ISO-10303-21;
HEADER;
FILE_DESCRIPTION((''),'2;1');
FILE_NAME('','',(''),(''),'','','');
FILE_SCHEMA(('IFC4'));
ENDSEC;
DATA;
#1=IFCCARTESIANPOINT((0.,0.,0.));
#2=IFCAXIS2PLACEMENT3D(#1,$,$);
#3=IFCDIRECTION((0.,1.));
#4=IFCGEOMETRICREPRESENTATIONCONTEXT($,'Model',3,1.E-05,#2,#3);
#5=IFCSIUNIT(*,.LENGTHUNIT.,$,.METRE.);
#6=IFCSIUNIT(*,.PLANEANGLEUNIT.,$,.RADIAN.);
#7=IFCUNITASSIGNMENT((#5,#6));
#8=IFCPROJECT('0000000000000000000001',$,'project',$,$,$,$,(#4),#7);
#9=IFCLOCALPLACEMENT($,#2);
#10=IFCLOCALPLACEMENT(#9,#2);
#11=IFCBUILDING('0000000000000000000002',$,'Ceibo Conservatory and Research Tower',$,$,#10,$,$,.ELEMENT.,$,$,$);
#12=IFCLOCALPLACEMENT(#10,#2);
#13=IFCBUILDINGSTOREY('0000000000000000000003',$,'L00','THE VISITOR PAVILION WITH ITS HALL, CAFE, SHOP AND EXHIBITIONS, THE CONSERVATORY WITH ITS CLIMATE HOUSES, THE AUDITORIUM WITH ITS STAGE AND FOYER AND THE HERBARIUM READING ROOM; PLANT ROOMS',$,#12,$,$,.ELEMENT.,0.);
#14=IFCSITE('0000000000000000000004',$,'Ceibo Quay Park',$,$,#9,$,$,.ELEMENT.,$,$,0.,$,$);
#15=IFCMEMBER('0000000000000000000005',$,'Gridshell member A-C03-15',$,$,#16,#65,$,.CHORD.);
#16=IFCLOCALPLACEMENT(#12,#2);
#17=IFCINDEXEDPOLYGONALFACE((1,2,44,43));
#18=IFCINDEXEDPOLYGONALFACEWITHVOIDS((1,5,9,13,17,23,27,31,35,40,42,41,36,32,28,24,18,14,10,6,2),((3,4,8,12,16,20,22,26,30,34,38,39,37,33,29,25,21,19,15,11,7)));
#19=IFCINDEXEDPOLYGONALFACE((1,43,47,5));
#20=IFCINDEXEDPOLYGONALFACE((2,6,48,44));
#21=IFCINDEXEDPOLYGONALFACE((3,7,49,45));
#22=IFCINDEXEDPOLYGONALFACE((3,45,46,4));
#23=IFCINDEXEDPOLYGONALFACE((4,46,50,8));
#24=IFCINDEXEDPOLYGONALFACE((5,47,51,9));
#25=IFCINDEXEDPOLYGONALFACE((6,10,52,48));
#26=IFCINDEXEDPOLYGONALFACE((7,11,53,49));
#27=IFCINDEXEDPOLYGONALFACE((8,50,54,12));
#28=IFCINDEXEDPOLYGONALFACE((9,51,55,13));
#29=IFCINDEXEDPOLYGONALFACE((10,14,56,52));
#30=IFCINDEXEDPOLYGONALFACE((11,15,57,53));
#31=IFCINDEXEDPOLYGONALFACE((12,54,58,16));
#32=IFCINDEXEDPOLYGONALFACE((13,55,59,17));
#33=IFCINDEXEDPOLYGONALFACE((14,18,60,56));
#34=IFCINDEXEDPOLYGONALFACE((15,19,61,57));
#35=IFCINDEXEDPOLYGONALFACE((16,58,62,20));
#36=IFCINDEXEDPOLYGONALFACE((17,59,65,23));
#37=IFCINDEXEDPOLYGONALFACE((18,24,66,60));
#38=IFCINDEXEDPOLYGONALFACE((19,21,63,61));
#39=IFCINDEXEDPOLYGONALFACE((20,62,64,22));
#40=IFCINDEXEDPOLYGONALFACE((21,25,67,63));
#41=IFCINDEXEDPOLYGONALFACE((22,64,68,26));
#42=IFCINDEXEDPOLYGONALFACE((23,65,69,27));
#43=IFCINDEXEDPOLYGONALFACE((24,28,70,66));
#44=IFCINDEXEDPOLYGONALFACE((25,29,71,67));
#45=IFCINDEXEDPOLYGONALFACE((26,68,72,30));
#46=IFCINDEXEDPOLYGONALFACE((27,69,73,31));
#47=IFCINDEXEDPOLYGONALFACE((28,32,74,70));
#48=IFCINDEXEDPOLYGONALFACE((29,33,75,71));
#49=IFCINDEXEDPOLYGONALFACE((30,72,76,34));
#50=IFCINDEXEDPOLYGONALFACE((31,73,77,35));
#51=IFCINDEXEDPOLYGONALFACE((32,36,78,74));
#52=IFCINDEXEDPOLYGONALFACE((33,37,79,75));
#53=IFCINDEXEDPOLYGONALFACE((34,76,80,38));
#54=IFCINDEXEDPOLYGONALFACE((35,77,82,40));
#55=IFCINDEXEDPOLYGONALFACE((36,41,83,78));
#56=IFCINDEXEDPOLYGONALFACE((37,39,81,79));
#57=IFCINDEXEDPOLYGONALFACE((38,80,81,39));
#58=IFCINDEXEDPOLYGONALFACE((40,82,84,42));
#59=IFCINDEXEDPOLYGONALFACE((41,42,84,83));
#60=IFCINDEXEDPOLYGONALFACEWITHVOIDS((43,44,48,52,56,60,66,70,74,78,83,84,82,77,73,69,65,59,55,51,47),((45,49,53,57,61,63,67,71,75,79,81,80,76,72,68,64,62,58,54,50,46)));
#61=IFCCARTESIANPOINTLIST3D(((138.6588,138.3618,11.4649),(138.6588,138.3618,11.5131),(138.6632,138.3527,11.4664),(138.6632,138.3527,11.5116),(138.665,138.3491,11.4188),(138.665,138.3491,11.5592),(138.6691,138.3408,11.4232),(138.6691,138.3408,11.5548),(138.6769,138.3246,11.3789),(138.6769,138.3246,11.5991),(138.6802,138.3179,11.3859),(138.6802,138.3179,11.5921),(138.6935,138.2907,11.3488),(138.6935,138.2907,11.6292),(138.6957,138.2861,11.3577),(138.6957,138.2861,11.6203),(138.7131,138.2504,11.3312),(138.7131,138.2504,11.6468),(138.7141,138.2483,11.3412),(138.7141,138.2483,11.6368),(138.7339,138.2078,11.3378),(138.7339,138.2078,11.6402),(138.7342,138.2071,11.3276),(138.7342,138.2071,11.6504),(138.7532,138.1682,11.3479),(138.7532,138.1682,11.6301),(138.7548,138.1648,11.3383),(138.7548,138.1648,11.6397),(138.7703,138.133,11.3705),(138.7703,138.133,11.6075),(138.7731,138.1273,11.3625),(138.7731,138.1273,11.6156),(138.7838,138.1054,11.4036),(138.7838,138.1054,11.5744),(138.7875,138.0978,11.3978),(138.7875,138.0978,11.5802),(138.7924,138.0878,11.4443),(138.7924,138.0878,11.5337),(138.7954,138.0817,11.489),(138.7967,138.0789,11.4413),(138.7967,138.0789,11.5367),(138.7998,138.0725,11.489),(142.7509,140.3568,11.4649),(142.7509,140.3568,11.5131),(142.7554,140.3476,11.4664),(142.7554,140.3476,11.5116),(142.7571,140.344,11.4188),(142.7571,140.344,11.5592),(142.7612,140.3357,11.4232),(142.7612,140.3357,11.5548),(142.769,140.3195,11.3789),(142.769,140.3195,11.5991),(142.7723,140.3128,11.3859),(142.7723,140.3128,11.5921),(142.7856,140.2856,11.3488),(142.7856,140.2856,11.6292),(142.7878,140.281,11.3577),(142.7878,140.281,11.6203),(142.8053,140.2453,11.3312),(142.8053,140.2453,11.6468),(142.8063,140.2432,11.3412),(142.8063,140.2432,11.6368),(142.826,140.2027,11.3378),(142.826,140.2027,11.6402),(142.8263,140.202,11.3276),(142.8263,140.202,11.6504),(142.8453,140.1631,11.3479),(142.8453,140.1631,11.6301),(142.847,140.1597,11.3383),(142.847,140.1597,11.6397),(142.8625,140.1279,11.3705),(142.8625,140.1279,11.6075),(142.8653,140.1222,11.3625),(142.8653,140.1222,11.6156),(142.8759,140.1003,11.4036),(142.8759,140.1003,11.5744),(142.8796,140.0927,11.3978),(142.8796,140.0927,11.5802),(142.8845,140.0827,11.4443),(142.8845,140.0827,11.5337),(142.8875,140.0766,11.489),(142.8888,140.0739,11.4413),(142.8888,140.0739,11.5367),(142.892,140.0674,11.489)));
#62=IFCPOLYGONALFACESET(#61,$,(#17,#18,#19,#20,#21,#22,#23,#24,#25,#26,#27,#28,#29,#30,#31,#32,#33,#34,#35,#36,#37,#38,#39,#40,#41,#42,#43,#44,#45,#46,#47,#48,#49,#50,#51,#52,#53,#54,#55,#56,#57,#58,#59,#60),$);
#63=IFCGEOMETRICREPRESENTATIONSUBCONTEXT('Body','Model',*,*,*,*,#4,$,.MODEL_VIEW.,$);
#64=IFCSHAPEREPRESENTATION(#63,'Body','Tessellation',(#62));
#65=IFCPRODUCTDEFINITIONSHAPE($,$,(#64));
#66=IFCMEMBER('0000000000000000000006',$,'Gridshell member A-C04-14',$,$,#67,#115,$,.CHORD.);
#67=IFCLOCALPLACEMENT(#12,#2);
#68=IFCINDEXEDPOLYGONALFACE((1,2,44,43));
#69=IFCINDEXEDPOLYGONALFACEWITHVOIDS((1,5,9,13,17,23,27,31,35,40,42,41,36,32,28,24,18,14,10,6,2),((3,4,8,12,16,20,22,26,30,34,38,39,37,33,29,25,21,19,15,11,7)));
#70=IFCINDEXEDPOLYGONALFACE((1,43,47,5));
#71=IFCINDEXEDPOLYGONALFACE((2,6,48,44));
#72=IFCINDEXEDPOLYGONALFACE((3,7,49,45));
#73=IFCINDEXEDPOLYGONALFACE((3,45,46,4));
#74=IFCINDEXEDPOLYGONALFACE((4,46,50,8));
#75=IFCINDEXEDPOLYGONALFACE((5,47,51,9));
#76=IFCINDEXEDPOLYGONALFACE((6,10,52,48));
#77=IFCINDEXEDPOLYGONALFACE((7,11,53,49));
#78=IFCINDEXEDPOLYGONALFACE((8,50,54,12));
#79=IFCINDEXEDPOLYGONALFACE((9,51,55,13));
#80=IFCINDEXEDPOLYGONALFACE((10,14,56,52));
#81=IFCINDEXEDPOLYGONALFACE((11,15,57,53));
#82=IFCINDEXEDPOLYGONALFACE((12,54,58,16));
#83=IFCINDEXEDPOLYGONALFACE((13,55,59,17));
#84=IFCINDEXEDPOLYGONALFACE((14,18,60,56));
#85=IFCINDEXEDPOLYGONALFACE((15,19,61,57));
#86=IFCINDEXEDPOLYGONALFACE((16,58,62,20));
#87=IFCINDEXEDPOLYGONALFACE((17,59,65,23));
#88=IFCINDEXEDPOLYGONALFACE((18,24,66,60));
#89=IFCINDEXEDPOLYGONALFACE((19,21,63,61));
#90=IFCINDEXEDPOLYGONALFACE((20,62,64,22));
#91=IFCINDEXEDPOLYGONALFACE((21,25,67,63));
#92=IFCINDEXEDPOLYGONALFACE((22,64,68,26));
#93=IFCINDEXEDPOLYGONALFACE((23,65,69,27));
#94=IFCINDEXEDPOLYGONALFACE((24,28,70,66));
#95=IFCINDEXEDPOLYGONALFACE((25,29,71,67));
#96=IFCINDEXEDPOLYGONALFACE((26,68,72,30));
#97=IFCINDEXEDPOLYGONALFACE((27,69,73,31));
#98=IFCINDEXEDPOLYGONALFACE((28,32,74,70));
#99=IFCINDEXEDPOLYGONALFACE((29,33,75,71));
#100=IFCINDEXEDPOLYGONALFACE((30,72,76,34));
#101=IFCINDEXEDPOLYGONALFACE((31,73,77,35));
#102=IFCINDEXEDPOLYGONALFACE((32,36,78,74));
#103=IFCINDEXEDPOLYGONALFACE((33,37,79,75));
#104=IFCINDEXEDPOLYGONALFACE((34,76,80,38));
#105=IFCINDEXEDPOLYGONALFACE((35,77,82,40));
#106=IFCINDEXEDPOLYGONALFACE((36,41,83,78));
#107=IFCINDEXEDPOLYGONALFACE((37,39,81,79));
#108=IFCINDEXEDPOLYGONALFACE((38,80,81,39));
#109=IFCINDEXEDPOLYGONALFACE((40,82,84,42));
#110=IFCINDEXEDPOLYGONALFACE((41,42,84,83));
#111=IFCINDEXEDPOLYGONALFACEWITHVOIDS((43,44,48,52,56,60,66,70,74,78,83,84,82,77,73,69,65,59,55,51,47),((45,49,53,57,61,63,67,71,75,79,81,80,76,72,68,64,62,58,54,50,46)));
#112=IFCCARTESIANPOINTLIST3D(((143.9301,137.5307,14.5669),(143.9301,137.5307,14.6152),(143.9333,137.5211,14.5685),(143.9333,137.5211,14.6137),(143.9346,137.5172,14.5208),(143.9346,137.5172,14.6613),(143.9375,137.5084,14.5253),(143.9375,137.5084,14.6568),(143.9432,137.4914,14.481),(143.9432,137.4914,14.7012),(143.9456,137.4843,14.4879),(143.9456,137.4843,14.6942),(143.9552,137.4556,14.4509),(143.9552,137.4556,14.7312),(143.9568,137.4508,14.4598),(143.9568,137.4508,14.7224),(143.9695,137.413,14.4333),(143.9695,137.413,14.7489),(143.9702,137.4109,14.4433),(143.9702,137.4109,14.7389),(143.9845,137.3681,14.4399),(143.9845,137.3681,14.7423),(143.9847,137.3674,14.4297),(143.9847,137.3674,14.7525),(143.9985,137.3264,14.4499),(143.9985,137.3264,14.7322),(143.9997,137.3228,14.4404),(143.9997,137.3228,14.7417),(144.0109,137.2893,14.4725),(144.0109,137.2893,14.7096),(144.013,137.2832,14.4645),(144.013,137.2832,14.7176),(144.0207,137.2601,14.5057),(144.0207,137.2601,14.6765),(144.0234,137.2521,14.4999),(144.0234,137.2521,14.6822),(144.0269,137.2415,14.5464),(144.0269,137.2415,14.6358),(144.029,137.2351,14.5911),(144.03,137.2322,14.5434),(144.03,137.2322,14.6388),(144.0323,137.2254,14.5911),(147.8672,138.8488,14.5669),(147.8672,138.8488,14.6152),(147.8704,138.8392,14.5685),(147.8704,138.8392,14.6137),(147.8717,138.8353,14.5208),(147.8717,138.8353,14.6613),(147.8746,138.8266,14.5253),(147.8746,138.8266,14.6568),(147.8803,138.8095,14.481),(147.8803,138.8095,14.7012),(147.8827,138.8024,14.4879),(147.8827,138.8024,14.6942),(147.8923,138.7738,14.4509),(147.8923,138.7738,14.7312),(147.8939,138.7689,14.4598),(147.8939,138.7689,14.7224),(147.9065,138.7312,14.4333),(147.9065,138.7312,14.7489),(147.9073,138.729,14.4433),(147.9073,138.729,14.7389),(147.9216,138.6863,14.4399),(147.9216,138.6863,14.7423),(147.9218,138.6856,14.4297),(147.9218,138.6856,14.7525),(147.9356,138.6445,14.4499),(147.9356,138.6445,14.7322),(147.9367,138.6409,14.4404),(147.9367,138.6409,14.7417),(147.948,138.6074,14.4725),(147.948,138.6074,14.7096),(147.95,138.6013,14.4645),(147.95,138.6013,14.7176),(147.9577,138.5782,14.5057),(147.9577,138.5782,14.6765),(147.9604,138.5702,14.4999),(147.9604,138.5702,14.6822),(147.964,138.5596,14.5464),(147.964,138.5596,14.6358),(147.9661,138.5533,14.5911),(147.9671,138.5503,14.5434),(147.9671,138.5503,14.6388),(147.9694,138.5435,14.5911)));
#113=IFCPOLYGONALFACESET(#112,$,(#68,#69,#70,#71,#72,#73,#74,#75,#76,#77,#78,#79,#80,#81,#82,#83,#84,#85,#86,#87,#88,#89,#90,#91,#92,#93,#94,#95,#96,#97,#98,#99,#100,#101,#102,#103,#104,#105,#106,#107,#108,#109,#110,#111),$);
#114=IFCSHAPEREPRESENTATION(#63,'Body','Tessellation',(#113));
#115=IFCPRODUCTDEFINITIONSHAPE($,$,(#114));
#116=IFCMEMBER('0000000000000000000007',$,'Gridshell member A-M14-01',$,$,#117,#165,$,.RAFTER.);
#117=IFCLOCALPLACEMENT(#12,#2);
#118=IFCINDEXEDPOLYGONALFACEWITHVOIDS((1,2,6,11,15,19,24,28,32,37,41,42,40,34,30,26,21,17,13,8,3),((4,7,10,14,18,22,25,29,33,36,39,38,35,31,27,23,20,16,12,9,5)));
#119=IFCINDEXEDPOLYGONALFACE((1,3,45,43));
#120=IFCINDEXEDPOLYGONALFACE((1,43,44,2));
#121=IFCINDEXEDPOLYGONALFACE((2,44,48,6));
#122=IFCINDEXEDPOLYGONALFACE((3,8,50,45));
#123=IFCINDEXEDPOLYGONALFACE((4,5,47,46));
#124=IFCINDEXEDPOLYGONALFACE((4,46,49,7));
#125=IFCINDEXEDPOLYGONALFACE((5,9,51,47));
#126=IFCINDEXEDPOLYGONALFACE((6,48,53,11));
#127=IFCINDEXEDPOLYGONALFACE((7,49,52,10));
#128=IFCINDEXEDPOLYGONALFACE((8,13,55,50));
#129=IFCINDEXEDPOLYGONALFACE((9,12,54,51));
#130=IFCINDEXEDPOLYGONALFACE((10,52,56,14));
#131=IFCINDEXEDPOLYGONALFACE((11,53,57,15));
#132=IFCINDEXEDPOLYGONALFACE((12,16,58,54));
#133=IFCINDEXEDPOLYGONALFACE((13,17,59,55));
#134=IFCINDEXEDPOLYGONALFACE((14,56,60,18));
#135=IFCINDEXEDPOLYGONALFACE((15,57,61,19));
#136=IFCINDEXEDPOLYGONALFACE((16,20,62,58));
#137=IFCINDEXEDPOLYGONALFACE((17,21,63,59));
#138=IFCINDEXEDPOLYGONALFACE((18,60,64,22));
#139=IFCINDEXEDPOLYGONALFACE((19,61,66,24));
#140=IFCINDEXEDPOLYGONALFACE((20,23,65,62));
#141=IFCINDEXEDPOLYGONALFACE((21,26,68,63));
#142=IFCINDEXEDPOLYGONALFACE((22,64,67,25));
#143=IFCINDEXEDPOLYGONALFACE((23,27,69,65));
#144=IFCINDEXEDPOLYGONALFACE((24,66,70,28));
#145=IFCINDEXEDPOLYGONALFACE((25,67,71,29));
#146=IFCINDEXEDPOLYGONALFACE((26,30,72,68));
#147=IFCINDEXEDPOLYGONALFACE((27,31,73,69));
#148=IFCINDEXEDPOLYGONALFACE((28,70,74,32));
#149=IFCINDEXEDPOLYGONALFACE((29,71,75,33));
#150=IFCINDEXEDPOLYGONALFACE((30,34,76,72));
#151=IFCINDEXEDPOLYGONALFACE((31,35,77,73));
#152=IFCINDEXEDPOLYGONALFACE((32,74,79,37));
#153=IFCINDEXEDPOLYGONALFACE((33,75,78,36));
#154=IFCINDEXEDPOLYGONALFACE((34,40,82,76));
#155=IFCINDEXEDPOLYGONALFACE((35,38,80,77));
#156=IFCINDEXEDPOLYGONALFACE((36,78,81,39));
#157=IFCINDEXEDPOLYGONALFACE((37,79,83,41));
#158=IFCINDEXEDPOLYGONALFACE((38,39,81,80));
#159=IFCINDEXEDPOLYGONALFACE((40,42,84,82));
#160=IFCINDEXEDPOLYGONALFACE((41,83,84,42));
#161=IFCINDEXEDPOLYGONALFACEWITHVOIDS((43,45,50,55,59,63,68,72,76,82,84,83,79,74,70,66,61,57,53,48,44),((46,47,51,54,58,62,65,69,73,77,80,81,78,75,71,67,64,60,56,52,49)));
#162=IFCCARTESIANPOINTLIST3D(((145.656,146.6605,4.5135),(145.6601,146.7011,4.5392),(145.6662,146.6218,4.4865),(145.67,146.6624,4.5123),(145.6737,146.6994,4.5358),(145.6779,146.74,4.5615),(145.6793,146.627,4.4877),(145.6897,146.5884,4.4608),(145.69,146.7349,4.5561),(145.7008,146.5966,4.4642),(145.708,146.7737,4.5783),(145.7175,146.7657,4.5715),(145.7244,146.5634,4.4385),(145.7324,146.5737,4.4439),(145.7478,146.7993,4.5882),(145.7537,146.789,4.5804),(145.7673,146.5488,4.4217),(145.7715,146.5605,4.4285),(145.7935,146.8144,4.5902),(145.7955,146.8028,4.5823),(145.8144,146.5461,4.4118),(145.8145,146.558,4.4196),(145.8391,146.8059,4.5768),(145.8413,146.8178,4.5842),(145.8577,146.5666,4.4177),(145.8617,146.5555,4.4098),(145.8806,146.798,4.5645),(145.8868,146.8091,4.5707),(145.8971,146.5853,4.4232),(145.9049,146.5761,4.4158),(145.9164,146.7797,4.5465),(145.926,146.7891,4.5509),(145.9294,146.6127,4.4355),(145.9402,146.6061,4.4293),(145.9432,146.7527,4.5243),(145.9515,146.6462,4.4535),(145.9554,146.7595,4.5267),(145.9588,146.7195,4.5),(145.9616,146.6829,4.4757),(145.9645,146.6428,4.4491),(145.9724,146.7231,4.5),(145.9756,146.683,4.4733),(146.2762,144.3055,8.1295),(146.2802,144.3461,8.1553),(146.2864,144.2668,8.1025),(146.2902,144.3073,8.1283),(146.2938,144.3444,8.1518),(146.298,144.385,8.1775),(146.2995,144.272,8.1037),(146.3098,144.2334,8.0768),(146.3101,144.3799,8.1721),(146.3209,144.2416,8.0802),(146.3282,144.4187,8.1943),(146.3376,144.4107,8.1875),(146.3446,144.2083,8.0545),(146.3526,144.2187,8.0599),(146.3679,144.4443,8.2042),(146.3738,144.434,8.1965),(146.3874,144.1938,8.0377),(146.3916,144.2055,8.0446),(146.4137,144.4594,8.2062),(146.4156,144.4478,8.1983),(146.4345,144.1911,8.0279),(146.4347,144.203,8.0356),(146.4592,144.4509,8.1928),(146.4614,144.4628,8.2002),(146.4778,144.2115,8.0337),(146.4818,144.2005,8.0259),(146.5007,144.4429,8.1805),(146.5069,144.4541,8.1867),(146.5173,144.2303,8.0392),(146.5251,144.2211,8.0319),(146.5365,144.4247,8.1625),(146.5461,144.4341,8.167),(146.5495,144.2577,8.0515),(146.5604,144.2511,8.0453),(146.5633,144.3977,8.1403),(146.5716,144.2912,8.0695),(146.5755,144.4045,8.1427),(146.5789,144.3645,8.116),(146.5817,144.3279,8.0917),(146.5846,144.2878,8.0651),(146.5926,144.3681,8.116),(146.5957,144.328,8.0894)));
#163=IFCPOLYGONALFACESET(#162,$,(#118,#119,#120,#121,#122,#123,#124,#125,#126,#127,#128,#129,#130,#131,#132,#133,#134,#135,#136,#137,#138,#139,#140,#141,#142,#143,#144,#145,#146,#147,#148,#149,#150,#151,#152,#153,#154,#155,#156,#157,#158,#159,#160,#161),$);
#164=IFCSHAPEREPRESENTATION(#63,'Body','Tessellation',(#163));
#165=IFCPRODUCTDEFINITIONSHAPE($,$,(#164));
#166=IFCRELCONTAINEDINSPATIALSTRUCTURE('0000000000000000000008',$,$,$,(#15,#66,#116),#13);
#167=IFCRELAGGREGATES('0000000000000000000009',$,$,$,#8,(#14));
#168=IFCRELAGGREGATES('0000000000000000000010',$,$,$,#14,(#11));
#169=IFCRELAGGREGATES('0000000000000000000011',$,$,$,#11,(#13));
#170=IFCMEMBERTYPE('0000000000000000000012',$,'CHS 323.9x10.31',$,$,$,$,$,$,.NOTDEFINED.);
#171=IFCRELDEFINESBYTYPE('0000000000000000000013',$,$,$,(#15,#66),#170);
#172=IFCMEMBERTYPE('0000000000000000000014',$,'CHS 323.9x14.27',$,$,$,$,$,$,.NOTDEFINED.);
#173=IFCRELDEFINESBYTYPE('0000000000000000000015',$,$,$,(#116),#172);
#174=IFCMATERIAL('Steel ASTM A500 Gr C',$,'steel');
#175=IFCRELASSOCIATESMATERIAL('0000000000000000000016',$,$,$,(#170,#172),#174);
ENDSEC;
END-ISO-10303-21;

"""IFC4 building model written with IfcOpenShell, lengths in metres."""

from ifc_helpers import new_model, si_unit, direction, frame, origin, origin_2d, place, context, subcontext, project, spatial, hollow_circle, extrude, material, material_profile, profile_set, type_object, element, save


model = new_model("IFC4")

# Units and contexts
model_context = context("Model", 3, precision=1e-05, world=origin(), true_north=direction((0.0, 1.0)))
body_context = subcontext(model_context, "Body", "Model", "MODEL_VIEW")
ifc_project = project(units=[si_unit("LENGTHUNIT", "METRE"), si_unit("PLANEANGLEUNIT", "RADIAN")], contexts=[model_context])

# Site, building, storey
site_placement = place(None, origin())
site = spatial("IfcSite", under=ifc_project, at=site_placement, Name="Ceibo Quay Park", CompositionType="ELEMENT", RefElevation=0.0)
building_placement = place(site_placement, origin())
building = spatial("IfcBuilding", under=site, at=building_placement, Name="Ceibo Conservatory and Research Tower", CompositionType="ELEMENT")
storey_placement = place(building_placement, origin())
storey = spatial("IfcBuildingStorey", under=building, at=storey_placement, Name="L00", Description="THE VISITOR PAVILION WITH ITS HALL, CAFE, SHOP AND EXHIBITIONS, THE CONSERVATORY WITH ITS CLIMATE HOUSES, THE AUDITORIUM WITH ITS STAGE AND FOYER AND THE HERBARIUM READING ROOM; PLANT ROOMS", CompositionType="ELEMENT", Elevation=0.0)

# Members
ifc_material_1 = material(Name="Steel ASTM A500 Gr C", Category="steel")
ifc_material_profile_1 = material_profile(ifc_material_1, hollow_circle(Radius=0.1619, WallThickness=0.0103, at=origin_2d()), Name="CHS 323.9x10.31")
ifc_profile_set_1 = profile_set([ifc_material_profile_1], Name="Steel ASTM A500 Gr C")
member_type_1 = type_object("IfcMemberType", Name="CHS 323.9x10.31", PredefinedType="NOTDEFINED", material=ifc_profile_set_1)
member_1_placement = place(storey_placement, frame((142.821, 140.2129, 11.489), z_axis=(-0.898876, -0.438203, 0.0), x_axis=(0.438203, -0.898876, 0.0)))
element("IfcMember", 1, at=member_1_placement, inside=storey, type_object=member_type_1, Name="Gridshell member A-C03-15", PredefinedType="CHORD", context=body_context, shape_type="SweptSolid", body=[
    extrude(hollow_circle(Radius=0.1619, WallThickness=0.0103, at=origin_2d()), origin(), (0.0, 0.0, 1.0), 4.5525),
])
member_2_placement = place(storey_placement, frame((147.918, 138.697, 14.5911), z_axis=(-0.948265, -0.31748, 0.0), x_axis=(0.31748, -0.948265, 0.0)))
element("IfcMember", 2, at=member_2_placement, inside=storey, type_object=member_type_1, Name="Gridshell member A-C04-14", PredefinedType="CHORD", context=body_context, shape_type="SweptSolid", body=[
    extrude(hollow_circle(Radius=0.1619, WallThickness=0.0103, at=origin_2d()), origin(), (0.0, 0.0, 1.0), 4.1519),
])
ifc_material_profile_2 = material_profile(ifc_material_1, hollow_circle(Radius=0.1619, WallThickness=0.0142, at=origin_2d()), Name="CHS 323.9x14.27")
ifc_profile_set_2 = profile_set([ifc_material_profile_2], Name="Steel ASTM A500 Gr C")
member_type_2 = type_object("IfcMemberType", Name="CHS 323.9x14.27", PredefinedType="NOTDEFINED", material=ifc_profile_set_2)
member_3_placement = place(storey_placement, frame((145.8159, 146.6819, 4.5), z_axis=(0.142243, -0.540189, 0.829435), x_axis=(0.967036, 0.254641, 0.0)))
element("IfcMember", 3, at=member_3_placement, inside=storey, type_object=member_type_2, Name="Gridshell member A-M14-01", PredefinedType="RAFTER", context=body_context, shape_type="SweptSolid", body=[
    extrude(hollow_circle(Radius=0.1619, WallThickness=0.0142, at=origin_2d()), origin(), (0.0, 0.0, 1.0), 4.3596),
])

save(model, "model.ifc")
